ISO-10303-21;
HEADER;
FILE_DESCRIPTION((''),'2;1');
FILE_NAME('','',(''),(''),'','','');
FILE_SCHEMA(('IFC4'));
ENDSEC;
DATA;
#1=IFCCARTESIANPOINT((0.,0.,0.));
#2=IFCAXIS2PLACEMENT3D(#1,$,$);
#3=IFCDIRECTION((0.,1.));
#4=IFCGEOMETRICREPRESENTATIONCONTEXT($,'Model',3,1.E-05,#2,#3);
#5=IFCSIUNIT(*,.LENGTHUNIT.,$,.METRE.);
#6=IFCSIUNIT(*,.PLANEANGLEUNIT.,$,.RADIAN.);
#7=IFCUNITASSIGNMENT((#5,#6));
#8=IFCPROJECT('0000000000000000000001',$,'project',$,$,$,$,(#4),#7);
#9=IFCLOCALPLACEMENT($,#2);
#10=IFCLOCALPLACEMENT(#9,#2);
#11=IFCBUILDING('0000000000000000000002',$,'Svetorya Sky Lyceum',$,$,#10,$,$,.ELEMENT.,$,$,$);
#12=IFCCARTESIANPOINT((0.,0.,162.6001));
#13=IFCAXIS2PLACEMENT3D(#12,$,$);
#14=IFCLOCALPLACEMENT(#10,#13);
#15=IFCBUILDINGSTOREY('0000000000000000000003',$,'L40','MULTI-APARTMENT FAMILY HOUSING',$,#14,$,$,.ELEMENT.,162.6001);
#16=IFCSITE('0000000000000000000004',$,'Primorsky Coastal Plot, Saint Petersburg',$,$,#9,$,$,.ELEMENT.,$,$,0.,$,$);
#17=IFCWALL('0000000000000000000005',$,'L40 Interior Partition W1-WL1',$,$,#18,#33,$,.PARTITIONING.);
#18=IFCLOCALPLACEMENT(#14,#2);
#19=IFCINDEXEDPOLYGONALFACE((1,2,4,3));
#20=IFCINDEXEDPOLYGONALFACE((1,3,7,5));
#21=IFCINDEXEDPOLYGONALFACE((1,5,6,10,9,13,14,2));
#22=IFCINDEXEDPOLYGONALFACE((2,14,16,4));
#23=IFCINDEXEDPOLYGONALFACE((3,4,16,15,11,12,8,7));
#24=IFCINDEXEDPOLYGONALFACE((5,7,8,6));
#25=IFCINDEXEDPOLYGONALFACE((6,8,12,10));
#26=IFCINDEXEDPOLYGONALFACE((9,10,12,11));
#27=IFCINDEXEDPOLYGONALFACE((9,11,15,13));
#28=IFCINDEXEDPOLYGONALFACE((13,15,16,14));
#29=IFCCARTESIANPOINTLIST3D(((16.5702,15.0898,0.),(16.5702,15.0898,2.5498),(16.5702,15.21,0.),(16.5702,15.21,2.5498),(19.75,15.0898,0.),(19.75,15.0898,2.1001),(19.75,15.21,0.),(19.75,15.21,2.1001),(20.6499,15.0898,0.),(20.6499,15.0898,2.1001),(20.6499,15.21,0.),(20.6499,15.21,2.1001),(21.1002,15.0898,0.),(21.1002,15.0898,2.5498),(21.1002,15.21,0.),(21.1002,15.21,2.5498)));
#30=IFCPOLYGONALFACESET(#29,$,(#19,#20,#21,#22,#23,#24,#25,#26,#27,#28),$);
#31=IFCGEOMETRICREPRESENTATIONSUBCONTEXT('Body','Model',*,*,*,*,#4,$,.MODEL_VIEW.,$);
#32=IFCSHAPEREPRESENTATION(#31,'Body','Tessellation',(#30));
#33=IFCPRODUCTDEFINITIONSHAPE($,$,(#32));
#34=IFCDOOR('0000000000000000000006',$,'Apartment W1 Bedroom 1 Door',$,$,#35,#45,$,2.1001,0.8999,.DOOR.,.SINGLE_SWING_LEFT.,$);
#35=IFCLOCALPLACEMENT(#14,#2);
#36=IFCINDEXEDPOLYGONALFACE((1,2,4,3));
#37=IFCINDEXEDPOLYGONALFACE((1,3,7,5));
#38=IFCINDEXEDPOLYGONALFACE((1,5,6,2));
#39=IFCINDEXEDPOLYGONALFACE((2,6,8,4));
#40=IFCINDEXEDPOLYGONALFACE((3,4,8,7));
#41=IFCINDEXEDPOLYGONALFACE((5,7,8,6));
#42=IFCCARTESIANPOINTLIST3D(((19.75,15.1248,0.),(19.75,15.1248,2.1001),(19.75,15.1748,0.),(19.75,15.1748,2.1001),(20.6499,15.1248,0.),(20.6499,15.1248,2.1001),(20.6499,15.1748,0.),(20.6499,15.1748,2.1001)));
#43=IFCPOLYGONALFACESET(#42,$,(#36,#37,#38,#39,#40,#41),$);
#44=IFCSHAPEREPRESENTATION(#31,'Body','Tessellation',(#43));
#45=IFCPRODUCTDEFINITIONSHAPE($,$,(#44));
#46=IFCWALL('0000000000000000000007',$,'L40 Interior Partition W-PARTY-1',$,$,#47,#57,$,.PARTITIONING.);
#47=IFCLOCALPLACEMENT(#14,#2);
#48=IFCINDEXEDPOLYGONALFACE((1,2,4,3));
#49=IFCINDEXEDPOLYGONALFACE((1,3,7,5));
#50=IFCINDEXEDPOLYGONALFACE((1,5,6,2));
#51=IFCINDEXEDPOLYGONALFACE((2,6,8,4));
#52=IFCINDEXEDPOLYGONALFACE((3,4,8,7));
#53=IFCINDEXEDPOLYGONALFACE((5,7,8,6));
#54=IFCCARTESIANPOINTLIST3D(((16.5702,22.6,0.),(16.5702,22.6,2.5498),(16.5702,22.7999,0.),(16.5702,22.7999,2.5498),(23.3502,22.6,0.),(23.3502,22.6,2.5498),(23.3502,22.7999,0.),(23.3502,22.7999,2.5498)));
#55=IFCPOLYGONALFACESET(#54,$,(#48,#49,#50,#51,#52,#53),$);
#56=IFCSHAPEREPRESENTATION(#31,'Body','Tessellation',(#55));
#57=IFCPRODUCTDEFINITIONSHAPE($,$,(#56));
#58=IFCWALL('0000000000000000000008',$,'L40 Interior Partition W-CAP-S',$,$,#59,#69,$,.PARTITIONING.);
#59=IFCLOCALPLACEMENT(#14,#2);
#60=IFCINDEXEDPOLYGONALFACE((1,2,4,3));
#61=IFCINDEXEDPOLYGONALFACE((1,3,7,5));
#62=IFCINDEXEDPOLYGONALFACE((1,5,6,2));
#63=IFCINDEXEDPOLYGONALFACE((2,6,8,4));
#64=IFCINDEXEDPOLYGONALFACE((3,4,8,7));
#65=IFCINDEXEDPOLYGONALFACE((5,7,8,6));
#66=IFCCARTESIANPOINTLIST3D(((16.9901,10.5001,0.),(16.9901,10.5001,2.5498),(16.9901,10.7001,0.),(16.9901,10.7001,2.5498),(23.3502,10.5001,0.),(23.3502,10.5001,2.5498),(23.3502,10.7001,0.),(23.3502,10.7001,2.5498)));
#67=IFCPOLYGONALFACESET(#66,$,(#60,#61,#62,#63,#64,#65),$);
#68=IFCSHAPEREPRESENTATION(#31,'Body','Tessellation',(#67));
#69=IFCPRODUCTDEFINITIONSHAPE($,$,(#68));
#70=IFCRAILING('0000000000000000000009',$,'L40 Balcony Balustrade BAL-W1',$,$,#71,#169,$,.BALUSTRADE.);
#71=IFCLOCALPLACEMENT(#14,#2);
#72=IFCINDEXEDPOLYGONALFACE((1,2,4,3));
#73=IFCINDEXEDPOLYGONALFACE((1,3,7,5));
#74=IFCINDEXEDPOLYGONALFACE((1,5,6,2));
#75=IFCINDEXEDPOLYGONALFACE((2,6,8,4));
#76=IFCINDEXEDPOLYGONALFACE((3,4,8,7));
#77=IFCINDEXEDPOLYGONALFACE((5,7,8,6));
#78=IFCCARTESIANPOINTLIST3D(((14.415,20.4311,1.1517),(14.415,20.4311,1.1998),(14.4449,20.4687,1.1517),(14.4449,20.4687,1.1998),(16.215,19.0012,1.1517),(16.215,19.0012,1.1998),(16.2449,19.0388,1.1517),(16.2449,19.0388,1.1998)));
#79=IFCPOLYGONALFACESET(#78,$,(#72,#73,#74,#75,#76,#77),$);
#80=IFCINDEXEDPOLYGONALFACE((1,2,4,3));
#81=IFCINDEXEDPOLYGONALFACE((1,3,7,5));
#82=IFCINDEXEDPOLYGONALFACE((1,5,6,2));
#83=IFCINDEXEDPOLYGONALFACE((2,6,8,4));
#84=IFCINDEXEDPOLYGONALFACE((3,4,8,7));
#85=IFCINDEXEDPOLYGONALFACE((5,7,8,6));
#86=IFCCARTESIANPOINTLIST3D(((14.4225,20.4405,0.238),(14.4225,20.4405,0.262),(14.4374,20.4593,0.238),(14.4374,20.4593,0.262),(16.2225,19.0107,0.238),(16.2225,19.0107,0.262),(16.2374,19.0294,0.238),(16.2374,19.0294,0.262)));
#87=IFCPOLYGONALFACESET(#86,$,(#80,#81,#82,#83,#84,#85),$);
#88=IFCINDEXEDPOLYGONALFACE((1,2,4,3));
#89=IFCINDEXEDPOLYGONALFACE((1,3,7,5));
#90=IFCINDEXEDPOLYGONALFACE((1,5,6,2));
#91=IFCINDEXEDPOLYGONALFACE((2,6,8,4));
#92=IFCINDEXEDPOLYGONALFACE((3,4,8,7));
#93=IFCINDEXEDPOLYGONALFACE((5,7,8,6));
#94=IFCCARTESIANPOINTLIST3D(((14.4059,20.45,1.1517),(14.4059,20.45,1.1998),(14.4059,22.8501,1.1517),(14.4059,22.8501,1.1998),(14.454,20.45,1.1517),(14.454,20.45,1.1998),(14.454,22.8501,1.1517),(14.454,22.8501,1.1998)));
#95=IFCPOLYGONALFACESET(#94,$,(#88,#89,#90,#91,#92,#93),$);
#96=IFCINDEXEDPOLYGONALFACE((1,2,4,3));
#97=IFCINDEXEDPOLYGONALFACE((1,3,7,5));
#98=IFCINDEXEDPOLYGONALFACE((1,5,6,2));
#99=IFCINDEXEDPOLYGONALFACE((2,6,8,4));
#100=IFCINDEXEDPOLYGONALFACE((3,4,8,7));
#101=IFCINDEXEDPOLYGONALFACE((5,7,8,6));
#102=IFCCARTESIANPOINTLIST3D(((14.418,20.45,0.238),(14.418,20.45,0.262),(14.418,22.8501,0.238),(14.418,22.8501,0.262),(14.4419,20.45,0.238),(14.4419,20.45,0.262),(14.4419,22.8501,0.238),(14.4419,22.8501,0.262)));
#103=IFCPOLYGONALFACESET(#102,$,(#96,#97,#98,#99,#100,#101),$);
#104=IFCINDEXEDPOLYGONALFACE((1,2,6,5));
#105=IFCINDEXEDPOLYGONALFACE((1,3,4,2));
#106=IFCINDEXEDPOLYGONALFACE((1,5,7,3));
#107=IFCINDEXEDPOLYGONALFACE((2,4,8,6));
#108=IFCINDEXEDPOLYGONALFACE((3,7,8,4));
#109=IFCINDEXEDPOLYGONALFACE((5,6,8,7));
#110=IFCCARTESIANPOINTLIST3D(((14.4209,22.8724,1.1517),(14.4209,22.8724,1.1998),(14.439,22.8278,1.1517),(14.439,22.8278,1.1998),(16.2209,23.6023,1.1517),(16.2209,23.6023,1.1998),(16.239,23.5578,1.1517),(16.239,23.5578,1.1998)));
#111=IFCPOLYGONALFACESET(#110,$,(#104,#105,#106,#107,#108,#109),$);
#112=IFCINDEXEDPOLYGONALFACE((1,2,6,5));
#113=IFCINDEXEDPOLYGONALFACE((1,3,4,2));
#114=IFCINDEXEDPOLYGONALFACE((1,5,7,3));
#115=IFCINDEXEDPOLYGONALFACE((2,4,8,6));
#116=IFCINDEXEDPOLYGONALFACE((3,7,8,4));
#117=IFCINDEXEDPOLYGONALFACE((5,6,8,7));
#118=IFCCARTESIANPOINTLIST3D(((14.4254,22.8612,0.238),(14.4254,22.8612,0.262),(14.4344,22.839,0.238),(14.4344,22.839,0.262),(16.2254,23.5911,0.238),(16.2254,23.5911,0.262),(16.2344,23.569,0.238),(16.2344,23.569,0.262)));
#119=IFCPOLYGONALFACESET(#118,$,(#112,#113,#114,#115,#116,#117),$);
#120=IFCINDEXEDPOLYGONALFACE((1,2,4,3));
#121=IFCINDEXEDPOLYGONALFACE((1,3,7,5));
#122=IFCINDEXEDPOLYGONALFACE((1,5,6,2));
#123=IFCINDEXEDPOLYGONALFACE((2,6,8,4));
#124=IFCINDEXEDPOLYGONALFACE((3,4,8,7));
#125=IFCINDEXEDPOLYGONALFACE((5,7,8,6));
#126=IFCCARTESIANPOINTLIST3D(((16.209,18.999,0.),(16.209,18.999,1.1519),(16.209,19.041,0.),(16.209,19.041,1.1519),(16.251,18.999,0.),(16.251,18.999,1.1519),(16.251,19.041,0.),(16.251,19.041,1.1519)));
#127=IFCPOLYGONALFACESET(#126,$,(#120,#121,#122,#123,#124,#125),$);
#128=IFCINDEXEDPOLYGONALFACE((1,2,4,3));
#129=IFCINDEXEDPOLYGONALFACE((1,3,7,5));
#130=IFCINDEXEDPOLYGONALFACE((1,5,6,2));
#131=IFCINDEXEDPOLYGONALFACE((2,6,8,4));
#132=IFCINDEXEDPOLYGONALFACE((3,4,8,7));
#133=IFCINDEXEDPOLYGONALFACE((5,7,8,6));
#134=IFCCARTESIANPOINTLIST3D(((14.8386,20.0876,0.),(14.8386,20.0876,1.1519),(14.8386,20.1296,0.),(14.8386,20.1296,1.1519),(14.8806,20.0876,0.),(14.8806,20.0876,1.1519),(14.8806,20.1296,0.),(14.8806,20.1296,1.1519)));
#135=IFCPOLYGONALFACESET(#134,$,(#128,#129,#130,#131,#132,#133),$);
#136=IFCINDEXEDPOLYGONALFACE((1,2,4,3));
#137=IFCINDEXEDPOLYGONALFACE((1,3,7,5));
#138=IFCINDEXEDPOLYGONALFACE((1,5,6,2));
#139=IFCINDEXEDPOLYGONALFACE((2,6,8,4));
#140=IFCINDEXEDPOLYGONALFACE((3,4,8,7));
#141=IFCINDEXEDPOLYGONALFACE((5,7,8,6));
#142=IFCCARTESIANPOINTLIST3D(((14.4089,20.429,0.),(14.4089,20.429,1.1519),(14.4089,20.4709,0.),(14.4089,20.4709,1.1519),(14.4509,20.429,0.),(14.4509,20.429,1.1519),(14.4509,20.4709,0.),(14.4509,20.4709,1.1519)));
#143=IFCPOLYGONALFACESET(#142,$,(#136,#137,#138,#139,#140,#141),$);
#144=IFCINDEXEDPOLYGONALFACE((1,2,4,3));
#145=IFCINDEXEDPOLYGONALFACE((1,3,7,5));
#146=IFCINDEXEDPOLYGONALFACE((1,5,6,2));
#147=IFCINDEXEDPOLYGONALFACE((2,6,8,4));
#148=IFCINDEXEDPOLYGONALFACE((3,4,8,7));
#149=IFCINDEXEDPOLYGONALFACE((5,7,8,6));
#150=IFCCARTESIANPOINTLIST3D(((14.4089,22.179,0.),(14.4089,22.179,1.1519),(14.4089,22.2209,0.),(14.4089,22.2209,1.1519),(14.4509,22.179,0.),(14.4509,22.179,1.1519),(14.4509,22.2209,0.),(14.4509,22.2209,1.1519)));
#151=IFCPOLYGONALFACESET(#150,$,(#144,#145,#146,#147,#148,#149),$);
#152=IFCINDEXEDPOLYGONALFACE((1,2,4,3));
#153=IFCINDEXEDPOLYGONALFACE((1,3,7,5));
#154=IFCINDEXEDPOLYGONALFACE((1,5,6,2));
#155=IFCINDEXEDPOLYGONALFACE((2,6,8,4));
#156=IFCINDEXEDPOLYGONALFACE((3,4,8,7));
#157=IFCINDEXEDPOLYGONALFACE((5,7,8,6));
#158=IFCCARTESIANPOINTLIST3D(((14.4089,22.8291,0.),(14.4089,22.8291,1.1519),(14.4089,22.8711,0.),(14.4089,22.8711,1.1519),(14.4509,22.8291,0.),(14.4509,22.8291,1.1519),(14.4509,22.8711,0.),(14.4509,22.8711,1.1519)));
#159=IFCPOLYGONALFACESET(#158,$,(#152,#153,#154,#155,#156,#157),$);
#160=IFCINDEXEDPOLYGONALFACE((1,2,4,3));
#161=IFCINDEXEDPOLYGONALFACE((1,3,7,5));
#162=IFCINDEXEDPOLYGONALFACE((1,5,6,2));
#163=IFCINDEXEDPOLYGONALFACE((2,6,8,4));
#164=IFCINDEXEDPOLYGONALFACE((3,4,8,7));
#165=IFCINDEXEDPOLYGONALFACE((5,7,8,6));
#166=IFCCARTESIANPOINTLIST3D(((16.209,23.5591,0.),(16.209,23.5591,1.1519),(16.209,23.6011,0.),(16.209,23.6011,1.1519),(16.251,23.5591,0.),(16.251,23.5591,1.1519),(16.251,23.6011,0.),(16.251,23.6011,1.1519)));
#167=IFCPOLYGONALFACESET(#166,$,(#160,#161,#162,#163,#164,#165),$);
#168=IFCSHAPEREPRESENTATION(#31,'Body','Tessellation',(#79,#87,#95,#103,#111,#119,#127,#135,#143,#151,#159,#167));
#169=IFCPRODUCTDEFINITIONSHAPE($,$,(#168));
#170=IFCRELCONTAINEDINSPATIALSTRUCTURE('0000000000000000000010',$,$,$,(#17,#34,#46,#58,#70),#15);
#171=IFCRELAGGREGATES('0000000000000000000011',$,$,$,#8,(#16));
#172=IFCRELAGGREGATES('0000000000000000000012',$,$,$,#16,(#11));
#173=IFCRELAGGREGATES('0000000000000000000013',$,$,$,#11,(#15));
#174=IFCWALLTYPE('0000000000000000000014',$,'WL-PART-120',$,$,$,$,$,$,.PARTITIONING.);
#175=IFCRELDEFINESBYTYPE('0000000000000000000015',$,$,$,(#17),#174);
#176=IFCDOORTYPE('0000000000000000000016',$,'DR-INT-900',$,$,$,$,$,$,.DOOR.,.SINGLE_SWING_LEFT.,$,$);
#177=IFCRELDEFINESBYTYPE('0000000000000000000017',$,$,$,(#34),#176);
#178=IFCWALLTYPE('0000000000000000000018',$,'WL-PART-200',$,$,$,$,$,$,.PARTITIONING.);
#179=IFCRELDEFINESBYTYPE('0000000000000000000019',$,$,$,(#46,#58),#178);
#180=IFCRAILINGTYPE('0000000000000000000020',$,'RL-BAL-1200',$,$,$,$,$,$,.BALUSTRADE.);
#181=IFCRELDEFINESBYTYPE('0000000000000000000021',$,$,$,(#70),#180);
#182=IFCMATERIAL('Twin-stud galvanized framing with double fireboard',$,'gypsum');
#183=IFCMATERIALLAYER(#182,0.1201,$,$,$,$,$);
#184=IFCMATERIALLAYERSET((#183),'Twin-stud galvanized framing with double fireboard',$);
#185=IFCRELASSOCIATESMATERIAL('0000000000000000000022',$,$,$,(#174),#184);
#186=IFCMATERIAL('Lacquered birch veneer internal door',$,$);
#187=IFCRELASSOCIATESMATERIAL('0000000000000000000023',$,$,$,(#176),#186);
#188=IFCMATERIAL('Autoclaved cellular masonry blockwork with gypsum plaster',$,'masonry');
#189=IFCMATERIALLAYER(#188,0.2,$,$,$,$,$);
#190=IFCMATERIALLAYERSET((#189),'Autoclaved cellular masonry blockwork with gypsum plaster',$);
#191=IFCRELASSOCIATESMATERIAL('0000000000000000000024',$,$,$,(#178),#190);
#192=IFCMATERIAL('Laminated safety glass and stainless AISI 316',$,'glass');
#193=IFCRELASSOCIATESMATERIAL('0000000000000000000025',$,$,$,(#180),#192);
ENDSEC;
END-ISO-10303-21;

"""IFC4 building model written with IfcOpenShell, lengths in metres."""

from ifc_helpers import new_model, si_unit, direction, frame, frame_2d, origin, origin_2d, place, context, subcontext, project, spatial, rectangle, extrude, material, layer, layer_set, type_object, element, fill, save


model = new_model("IFC4")

# Units and contexts
model_context = context("Model", 3, precision=1e-05, world=origin(), true_north=direction((0.0, 1.0)))
body_context = subcontext(model_context, "Body", "Model", "MODEL_VIEW")
ifc_project = project(units=[si_unit("LENGTHUNIT", "METRE"), si_unit("PLANEANGLEUNIT", "RADIAN")], contexts=[model_context])

# Site, building, storey
site_placement = place(None, origin())
site = spatial("IfcSite", under=ifc_project, at=site_placement, Name="Primorsky Coastal Plot, Saint Petersburg", CompositionType="ELEMENT", RefElevation=0.0)
building_placement = place(site_placement, origin())
building = spatial("IfcBuilding", under=site, at=building_placement, Name="Svetorya Sky Lyceum", CompositionType="ELEMENT")
storey_placement = place(building_placement, frame((0.0, 0.0, 162.6001)))
storey = spatial("IfcBuildingStorey", under=building, at=storey_placement, Name="L40", Description="MULTI-APARTMENT FAMILY HOUSING", CompositionType="ELEMENT", Elevation=162.6001)

# Wall, opening, door
ifc_material_1 = material(Name="Twin-stud galvanized framing with double fireboard", Category="gypsum")
ifc_layer_1 = layer(ifc_material_1, 0.1201)
ifc_layer_set_1 = layer_set([ifc_layer_1], Name="Twin-stud galvanized framing with double fireboard")
wall_type_1 = type_object("IfcWallType", Name="WL-PART-120", PredefinedType="PARTITIONING", material=ifc_layer_set_1)
wall_1_placement = place(storey_placement, frame((16.5701, 15.1499, 0.0), z_axis=(0.0, 0.0, 1.0), x_axis=(1.0, 0.0, 0.0)))
wall_1 = element("IfcWall", 1, at=wall_1_placement, inside=storey, type_object=wall_type_1, Name="L40 Interior Partition W1-WL1", PredefinedType="PARTITIONING", context=body_context, shape_type="SweptSolid", body=[
    extrude(rectangle(XDim=4.53, YDim=0.1201, at=frame_2d((2.2651, 0.0))), origin(), (0.0, 0.0, 1.0), 2.5498),
])
opening_placement = place(wall_1_placement, frame((3.1799, 0.0, 0.0)))
opening = element("IfcOpeningElement", 2, at=opening_placement, cuts=wall_1, PredefinedType="OPENING", context=body_context, shape_type="SweptSolid", body=[
    extrude(rectangle(XDim=0.8999, YDim=2.1001, at=frame_2d((0.45, 1.05))), frame((0.0, 0.0701, 0.0), z_axis=(0.0, -1.0, 0.0), x_axis=(1.0, 0.0, 0.0)), (0.0, 0.0, 1.0), 0.1401),
])
ifc_material_2 = material(Name="Lacquered birch veneer internal door")
door_type = type_object("IfcDoorType", Name="DR-INT-900", OperationType="SINGLE_SWING_LEFT", PredefinedType="DOOR", material=ifc_material_2)
door_placement = place(opening_placement, origin())
door = element("IfcDoor", 3, at=door_placement, inside=storey, type_object=door_type, Name="Apartment W1 Bedroom 1 Door", OperationType="SINGLE_SWING_LEFT", OverallHeight=2.1001, OverallWidth=0.8999, PredefinedType="DOOR", context=body_context, shape_type="SweptSolid", body=[
    extrude(rectangle(XDim=0.8999, YDim=2.1001, at=frame_2d((0.45, 1.05))), frame((0.0, 0.0249, 0.0), z_axis=(0.0, -1.0, 0.0), x_axis=(1.0, 0.0, 0.0)), (0.0, 0.0, 1.0), 0.05),
])
fill(opening, door)

# Walls
ifc_material_3 = material(Name="Autoclaved cellular masonry blockwork with gypsum plaster", Category="masonry")
ifc_layer_2 = layer(ifc_material_3, 0.2)
ifc_layer_set_2 = layer_set([ifc_layer_2], Name="Autoclaved cellular masonry blockwork with gypsum plaster")
wall_type_2 = type_object("IfcWallType", Name="WL-PART-200", PredefinedType="PARTITIONING", material=ifc_layer_set_2)
wall_2_placement = place(storey_placement, frame((16.5701, 22.7, 0.0), z_axis=(0.0, 0.0, 1.0), x_axis=(1.0, 0.0, 0.0)))
element("IfcWall", 4, at=wall_2_placement, inside=storey, type_object=wall_type_2, Name="L40 Interior Partition W-PARTY-1", PredefinedType="PARTITIONING", context=body_context, shape_type="SweptSolid", body=[
    extrude(rectangle(XDim=6.78, YDim=0.2, at=frame_2d((3.3901, 0.0))), origin(), (0.0, 0.0, 1.0), 2.5498),
])
wall_3_placement = place(storey_placement, frame((16.99, 10.6001, 0.0), z_axis=(0.0, 0.0, 1.0), x_axis=(1.0, 0.0, 0.0)))
element("IfcWall", 5, at=wall_3_placement, inside=storey, type_object=wall_type_2, Name="L40 Interior Partition W-CAP-S", PredefinedType="PARTITIONING", context=body_context, shape_type="SweptSolid", body=[
    extrude(rectangle(XDim=6.3601, YDim=0.2, at=frame_2d((3.1802, 0.0))), origin(), (0.0, 0.0, 1.0), 2.5498),
])

# Railing
ifc_material_4 = material(Name="Laminated safety glass and stainless AISI 316", Category="glass")
railing_type = type_object("IfcRailingType", Name="RL-BAL-1200", PredefinedType="BALUSTRADE", material=ifc_material_4)
railing_placement = place(storey_placement, frame((16.23, 19.02, 0.0)))
element("IfcRailing", 6, at=railing_placement, inside=storey, type_object=railing_type, Name="L40 Balcony Balustrade BAL-W1", PredefinedType="BALUSTRADE", context=body_context, shape_type="SweptSolid", body=[
    extrude(rectangle(XDim=0.0481, YDim=0.0481, at=origin_2d()), frame((0.0, 0.0, 1.1758), z_axis=(-0.783009, 0.62201, 0.0), x_axis=(-0.62201, -0.783009, 0.0)), (0.0, 0.0, 1.0), 2.2988),
    extrude(rectangle(XDim=0.0239, YDim=0.0239, at=origin_2d()), frame((0.0, 0.0, 0.25), z_axis=(-0.783009, 0.62201, 0.0), x_axis=(-0.62201, -0.783009, 0.0)), (0.0, 0.0, 1.0), 2.2988),
    extrude(rectangle(XDim=0.0481, YDim=0.0481, at=origin_2d()), frame((-1.8, 1.4299, 1.1758), z_axis=(0.0, 1.0, 0.0), x_axis=(-1.0, 0.0, 0.0)), (0.0, 0.0, 1.0), 2.4001),
    extrude(rectangle(XDim=0.0239, YDim=0.0239, at=origin_2d()), frame((-1.8, 1.4299, 0.25), z_axis=(0.0, 1.0, 0.0), x_axis=(-1.0, 0.0, 0.0)), (0.0, 0.0, 1.0), 2.4001),
    extrude(rectangle(XDim=0.0481, YDim=0.0481, at=origin_2d()), frame((-1.8, 3.8301, 1.1758), z_axis=(0.926698, 0.375807, 0.0), x_axis=(-0.375807, 0.926698, 0.0)), (0.0, 0.0, 1.0), 1.9424),
    extrude(rectangle(XDim=0.0239, YDim=0.0239, at=origin_2d()), frame((-1.8, 3.8301, 0.25), z_axis=(0.926698, 0.375807, 0.0), x_axis=(-0.375807, 0.926698, 0.0)), (0.0, 0.0, 1.0), 1.9424),
    extrude(rectangle(XDim=0.042, YDim=0.042, at=origin_2d()), origin(), (0.0, 0.0, 1.0), 1.1519),
    extrude(rectangle(XDim=0.042, YDim=0.042, at=origin_2d()), frame((-1.3704, 1.0886, 0.0)), (0.0, 0.0, 1.0), 1.1519),
    extrude(rectangle(XDim=0.042, YDim=0.042, at=origin_2d()), frame((-1.8, 1.4299, 0.0)), (0.0, 0.0, 1.0), 1.1519),
    extrude(rectangle(XDim=0.042, YDim=0.042, at=origin_2d()), frame((-1.8, 3.1799, 0.0)), (0.0, 0.0, 1.0), 1.1519),
    extrude(rectangle(XDim=0.042, YDim=0.042, at=origin_2d()), frame((-1.8, 3.8301, 0.0)), (0.0, 0.0, 1.0), 1.1519),
    extrude(rectangle(XDim=0.042, YDim=0.042, at=origin_2d()), frame((0.0, 4.5601, 0.0)), (0.0, 0.0, 1.0), 1.1519),
])

save(model, "model.ifc")
